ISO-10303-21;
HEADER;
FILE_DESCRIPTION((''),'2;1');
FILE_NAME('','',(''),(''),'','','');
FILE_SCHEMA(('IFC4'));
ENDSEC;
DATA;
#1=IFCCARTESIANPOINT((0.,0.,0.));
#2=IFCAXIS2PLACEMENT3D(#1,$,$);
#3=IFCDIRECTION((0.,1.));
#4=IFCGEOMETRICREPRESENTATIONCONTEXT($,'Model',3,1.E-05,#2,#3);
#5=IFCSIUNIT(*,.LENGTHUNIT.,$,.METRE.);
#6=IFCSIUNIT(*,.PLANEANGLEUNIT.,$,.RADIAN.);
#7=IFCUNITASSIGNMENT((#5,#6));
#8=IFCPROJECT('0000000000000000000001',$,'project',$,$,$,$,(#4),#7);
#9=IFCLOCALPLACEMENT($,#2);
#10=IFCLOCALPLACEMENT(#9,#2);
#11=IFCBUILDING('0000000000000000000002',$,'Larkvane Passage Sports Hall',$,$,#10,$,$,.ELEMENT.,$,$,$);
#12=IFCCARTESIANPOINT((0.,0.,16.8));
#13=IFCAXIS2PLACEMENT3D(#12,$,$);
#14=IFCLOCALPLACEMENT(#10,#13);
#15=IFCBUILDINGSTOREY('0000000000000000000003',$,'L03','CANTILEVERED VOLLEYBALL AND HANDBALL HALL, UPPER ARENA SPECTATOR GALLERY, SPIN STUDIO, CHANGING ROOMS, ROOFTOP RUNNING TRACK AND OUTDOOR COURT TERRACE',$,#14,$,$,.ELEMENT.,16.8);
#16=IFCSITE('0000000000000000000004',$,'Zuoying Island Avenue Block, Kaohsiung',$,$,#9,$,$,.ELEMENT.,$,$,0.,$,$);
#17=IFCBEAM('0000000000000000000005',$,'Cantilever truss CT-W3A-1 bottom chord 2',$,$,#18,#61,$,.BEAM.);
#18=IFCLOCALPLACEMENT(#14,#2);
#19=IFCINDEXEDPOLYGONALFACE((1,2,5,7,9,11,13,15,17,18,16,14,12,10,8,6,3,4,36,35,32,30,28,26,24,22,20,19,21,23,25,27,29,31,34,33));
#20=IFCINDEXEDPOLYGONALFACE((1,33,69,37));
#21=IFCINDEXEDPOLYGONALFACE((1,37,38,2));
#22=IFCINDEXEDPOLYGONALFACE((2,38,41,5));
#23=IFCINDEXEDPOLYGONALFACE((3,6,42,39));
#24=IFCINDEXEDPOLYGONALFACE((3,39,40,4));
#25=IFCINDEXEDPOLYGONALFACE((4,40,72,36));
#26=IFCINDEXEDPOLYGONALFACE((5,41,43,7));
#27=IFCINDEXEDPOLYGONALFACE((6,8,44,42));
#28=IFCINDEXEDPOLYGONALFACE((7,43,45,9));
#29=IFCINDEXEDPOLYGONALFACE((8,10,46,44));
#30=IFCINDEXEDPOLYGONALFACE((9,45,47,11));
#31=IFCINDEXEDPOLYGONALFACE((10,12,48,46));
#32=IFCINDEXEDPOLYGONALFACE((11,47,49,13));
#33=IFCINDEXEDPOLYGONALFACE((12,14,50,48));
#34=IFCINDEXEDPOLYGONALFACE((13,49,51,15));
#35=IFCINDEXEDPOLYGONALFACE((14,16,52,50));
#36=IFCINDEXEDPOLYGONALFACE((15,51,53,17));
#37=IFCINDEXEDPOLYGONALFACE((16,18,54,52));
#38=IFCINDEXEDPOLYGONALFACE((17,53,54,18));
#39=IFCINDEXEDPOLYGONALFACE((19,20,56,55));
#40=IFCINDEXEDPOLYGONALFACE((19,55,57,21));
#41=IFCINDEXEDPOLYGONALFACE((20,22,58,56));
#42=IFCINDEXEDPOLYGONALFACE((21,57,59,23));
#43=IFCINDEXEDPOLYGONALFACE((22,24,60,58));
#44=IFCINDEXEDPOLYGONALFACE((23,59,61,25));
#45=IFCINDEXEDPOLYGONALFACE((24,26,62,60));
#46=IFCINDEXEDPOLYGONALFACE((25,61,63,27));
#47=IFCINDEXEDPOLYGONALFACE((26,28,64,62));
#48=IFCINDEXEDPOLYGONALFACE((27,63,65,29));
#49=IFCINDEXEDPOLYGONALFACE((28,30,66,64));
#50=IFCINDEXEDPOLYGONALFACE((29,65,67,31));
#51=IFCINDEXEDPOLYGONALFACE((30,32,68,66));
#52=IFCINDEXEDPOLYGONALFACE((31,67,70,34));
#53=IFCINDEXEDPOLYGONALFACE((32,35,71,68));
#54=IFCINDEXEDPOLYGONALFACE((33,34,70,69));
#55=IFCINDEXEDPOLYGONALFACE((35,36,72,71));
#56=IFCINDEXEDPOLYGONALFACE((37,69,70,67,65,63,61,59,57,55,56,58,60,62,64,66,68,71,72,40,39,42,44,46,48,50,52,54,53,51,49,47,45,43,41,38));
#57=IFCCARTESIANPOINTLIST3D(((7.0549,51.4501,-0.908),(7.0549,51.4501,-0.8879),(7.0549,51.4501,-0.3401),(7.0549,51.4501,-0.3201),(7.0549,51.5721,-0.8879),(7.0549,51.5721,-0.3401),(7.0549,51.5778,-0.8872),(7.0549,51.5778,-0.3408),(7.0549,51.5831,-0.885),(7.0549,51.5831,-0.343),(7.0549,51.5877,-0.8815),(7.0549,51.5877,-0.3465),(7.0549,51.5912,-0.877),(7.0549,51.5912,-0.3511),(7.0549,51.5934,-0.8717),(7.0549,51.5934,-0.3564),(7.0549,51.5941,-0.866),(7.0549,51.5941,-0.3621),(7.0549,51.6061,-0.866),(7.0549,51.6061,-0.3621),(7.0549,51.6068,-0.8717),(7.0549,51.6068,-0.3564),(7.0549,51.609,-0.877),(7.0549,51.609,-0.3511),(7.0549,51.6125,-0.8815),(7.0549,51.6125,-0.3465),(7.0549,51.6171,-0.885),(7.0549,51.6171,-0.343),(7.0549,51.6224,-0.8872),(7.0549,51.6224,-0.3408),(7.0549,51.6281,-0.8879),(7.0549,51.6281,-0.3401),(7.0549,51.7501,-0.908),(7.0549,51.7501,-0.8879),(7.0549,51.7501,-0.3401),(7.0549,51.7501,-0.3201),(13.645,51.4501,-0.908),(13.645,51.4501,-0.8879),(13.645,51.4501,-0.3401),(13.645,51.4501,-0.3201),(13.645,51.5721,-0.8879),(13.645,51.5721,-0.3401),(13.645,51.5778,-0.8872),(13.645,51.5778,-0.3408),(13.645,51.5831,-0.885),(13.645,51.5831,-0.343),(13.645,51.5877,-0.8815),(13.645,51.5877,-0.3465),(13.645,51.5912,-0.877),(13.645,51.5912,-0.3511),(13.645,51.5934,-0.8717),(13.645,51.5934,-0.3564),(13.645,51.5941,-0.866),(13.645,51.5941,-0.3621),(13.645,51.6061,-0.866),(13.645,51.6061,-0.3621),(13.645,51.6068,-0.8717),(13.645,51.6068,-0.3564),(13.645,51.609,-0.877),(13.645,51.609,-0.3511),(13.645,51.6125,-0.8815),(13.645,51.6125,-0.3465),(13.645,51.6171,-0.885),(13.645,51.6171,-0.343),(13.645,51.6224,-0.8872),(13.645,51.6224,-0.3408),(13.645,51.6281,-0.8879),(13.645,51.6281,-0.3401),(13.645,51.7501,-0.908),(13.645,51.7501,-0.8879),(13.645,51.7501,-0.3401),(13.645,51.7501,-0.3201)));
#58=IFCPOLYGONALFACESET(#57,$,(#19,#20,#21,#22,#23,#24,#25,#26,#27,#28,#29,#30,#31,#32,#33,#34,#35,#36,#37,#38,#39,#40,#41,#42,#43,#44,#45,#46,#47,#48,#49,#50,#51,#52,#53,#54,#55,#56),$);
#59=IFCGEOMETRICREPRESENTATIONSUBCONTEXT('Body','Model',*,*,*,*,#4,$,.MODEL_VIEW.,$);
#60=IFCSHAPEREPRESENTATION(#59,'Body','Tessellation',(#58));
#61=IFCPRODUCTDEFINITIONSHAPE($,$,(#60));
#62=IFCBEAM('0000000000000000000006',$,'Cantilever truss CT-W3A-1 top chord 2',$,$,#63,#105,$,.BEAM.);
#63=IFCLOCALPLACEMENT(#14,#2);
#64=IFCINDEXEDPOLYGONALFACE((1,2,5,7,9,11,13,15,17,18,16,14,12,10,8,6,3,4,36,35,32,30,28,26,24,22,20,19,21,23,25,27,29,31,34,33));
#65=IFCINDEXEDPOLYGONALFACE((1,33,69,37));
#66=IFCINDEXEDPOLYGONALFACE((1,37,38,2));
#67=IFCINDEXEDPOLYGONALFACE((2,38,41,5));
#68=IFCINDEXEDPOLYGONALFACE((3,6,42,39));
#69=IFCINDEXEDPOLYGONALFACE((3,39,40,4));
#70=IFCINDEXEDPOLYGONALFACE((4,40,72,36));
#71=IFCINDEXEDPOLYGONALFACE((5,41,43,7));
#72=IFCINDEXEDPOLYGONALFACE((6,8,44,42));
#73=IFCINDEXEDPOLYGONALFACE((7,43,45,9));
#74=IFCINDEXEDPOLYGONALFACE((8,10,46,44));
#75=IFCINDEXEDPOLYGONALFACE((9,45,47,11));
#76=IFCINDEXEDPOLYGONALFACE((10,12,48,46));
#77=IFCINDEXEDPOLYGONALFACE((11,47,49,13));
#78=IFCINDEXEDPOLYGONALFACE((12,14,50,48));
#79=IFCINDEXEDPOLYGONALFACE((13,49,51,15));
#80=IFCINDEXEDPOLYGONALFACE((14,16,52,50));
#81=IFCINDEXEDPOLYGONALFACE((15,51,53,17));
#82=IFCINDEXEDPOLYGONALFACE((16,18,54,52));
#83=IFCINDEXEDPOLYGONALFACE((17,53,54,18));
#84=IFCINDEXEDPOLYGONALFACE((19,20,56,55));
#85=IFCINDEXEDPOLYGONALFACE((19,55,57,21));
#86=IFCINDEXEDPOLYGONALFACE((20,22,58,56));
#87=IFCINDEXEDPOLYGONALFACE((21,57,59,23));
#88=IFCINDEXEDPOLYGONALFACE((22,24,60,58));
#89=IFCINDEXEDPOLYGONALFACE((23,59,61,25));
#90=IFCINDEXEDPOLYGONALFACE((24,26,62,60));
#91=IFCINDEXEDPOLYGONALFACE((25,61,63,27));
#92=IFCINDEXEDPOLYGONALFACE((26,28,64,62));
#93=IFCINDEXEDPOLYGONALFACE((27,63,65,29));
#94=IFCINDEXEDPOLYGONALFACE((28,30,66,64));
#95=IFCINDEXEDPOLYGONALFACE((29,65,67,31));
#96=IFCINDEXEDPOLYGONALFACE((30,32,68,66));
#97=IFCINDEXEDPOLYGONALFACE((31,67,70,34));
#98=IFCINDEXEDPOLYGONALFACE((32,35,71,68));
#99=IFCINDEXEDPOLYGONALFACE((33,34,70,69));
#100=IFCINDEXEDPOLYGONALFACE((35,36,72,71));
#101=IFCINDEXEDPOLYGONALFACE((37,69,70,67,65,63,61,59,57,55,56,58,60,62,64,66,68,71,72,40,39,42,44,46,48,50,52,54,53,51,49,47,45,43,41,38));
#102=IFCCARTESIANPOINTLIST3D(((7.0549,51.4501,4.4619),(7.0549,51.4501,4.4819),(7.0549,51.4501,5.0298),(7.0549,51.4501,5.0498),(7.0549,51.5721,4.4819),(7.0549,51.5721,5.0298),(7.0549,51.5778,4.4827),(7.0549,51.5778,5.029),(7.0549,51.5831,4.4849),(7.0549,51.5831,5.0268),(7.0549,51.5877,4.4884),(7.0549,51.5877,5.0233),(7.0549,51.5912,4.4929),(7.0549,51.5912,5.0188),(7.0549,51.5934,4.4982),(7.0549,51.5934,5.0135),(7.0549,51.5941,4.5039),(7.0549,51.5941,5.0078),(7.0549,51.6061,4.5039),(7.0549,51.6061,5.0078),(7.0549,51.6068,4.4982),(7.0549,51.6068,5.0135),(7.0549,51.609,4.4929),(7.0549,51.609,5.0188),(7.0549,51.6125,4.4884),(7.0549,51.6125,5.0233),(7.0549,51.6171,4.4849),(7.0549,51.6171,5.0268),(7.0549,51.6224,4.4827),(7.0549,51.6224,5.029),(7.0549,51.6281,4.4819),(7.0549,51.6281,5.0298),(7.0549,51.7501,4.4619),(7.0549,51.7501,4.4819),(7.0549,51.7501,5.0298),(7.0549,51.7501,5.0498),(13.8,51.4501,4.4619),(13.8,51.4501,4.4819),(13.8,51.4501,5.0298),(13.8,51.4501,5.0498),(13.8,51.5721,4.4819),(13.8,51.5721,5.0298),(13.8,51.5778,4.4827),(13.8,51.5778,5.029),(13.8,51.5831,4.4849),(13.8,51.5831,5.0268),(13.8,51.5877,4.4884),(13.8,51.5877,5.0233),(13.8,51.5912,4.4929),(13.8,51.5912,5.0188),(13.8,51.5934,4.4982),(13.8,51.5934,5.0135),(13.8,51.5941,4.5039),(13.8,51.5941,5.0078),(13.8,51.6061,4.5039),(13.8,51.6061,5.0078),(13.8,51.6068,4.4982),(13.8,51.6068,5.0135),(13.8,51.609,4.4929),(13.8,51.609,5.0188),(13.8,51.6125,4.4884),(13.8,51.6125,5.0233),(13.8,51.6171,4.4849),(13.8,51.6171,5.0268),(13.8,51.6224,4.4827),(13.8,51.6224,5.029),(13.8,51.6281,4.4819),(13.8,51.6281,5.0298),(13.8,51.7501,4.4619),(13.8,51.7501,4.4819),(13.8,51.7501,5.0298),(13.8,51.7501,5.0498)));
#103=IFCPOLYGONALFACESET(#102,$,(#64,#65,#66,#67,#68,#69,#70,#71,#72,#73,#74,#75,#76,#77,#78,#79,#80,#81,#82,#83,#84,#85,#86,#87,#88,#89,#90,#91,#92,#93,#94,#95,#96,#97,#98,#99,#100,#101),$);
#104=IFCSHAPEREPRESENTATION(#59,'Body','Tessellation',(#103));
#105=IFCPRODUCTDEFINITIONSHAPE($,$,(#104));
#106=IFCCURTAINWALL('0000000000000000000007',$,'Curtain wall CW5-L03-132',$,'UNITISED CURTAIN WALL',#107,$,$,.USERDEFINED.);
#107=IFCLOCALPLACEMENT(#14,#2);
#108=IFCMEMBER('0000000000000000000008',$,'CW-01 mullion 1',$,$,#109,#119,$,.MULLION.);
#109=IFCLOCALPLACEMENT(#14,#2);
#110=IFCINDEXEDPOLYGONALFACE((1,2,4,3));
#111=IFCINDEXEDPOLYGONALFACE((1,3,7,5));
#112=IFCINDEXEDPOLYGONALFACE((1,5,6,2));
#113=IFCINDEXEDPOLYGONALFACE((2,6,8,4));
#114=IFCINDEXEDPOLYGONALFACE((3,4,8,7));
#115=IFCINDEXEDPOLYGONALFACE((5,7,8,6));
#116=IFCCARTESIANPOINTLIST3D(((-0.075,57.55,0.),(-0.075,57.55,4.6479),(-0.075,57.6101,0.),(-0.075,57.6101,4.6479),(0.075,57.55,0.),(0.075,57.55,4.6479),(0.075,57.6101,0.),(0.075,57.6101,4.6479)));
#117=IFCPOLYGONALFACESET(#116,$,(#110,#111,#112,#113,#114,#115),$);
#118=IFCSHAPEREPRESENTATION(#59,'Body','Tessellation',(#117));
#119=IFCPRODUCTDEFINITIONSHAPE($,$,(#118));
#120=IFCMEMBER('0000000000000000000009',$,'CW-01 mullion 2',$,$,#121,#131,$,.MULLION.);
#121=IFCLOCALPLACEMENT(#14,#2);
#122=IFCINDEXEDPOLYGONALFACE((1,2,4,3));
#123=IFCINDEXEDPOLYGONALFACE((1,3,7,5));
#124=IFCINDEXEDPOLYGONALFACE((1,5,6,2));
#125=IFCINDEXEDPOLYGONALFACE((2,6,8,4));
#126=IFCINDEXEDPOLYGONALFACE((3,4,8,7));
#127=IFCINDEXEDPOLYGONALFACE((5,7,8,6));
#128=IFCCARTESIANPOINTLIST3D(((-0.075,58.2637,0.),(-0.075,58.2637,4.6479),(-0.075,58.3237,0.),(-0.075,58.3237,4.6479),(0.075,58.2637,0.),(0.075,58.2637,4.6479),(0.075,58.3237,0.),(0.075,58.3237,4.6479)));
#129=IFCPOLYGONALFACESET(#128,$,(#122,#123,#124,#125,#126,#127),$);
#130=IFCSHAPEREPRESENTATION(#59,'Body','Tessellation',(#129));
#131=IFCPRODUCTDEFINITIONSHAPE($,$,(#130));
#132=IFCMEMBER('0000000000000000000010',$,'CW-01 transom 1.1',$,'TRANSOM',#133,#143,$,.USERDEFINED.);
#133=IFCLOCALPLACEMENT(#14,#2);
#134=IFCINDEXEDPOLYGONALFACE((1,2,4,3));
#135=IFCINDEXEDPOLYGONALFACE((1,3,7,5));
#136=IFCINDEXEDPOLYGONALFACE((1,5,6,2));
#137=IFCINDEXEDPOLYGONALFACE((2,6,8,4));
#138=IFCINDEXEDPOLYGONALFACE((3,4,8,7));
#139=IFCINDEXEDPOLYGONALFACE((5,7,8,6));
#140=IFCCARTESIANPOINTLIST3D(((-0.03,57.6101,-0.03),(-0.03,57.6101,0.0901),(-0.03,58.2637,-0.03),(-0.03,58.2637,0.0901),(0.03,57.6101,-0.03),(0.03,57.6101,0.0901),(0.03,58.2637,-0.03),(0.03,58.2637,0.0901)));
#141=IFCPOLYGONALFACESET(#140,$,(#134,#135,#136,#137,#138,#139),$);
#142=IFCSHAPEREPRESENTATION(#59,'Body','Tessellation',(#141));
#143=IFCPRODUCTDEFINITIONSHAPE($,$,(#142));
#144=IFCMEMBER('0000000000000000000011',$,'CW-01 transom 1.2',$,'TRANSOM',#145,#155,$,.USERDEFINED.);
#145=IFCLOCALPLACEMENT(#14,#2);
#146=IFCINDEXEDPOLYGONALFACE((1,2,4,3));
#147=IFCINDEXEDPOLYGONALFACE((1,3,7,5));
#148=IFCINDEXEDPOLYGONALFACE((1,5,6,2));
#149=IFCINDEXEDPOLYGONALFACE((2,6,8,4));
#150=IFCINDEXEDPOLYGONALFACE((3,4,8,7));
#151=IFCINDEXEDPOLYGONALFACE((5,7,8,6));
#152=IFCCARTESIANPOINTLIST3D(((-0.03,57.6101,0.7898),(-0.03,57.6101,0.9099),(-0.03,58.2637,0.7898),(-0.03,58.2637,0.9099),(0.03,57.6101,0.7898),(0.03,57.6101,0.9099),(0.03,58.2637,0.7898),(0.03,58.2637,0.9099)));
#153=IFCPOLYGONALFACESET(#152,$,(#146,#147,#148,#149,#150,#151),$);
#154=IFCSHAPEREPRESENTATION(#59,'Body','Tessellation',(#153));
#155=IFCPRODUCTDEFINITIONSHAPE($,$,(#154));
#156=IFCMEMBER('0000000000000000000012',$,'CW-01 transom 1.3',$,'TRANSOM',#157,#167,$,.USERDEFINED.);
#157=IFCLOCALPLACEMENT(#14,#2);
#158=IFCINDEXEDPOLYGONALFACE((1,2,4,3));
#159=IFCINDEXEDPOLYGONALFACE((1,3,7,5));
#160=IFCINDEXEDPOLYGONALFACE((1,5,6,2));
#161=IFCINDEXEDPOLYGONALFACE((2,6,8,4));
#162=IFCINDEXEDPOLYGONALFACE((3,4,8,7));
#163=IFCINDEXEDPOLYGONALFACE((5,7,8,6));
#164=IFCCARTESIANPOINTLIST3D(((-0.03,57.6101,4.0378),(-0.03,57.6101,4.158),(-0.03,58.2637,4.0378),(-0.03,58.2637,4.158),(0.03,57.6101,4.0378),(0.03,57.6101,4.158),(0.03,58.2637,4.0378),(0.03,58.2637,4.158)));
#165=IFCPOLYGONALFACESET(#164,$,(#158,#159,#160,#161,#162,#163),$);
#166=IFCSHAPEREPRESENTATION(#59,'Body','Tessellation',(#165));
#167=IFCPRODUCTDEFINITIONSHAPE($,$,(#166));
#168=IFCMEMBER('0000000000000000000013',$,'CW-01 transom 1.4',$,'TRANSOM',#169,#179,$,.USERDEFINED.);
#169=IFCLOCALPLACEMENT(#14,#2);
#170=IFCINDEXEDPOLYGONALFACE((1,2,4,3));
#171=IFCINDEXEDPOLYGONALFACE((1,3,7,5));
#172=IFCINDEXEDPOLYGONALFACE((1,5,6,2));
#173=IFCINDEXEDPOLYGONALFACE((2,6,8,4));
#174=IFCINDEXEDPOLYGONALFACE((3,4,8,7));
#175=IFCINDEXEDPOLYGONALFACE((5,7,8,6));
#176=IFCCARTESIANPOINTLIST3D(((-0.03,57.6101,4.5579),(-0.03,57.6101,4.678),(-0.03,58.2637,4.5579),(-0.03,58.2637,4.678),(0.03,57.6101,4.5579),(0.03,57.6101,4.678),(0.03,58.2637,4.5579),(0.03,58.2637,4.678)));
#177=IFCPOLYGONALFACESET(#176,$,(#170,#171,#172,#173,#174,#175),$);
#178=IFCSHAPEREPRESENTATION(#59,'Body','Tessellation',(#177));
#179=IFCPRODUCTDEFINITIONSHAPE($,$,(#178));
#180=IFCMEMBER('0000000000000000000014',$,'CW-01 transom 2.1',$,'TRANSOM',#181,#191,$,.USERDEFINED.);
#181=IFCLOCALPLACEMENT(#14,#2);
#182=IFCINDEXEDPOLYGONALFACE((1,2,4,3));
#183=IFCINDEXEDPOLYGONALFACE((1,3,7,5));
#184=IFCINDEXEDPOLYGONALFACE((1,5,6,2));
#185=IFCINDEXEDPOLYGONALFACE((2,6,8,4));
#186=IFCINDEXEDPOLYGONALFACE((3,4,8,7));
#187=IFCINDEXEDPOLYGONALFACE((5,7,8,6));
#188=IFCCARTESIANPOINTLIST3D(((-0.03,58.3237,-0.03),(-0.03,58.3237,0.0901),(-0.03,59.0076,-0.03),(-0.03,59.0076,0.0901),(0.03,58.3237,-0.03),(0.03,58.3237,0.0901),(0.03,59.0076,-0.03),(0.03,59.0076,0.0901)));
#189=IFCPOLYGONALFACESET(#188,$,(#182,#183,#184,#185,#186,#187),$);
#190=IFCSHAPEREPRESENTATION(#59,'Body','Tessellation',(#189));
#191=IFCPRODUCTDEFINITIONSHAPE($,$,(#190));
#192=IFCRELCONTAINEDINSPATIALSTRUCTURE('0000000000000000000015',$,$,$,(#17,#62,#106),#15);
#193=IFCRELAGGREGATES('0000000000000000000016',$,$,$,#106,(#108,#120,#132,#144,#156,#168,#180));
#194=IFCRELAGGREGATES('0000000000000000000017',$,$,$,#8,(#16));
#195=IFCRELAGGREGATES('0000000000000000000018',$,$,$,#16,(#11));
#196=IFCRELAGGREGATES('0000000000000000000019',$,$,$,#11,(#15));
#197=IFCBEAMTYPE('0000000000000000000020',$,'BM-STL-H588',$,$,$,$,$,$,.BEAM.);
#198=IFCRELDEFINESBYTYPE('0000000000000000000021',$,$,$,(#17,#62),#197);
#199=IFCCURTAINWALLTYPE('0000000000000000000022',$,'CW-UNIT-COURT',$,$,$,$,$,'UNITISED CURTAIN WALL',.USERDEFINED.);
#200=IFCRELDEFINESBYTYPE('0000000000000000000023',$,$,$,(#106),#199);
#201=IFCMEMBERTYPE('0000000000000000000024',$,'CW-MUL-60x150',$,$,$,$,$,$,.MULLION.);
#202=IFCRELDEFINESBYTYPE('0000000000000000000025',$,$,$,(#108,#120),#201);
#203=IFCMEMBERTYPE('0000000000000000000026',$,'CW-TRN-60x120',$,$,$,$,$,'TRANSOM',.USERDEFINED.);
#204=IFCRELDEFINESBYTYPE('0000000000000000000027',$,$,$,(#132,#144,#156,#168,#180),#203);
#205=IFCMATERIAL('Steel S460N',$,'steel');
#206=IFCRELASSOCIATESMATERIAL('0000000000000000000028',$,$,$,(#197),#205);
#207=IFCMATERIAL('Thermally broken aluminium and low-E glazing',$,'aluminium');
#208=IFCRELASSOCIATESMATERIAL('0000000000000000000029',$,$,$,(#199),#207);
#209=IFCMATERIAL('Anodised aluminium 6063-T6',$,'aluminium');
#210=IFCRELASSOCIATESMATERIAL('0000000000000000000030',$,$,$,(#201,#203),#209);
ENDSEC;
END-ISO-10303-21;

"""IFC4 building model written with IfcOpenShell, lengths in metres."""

from ifc_helpers import new_model, si_unit, direction, frame, origin, origin_2d, place, context, subcontext, project, spatial, rectangle, i_section, extrude, material, material_profile, profile_set, type_object, element, aggregate, save


model = new_model("IFC4")

# Units and contexts
model_context = context("Model", 3, precision=1e-05, world=origin(), true_north=direction((0.0, 1.0)))
body_context = subcontext(model_context, "Body", "Model", "MODEL_VIEW")
ifc_project = project(units=[si_unit("LENGTHUNIT", "METRE"), si_unit("PLANEANGLEUNIT", "RADIAN")], contexts=[model_context])

# Site, building, storey
site_placement = place(None, origin())
site = spatial("IfcSite", under=ifc_project, at=site_placement, Name="Zuoying Island Avenue Block, Kaohsiung", CompositionType="ELEMENT", RefElevation=0.0)
building_placement = place(site_placement, origin())
building = spatial("IfcBuilding", under=site, at=building_placement, Name="Larkvane Passage Sports Hall", CompositionType="ELEMENT")
storey_placement = place(building_placement, frame((0.0, 0.0, 16.8)))
storey = spatial("IfcBuildingStorey", under=building, at=storey_placement, Name="L03", Description="CANTILEVERED VOLLEYBALL AND HANDBALL HALL, UPPER ARENA SPECTATOR GALLERY, SPIN STUDIO, CHANGING ROOMS, ROOFTOP RUNNING TRACK AND OUTDOOR COURT TERRACE", CompositionType="ELEMENT", Elevation=16.8)

# Beams
ifc_material_1 = material(Name="Steel S460N", Category="steel")
ifc_material_profile_1 = material_profile(ifc_material_1, i_section(OverallWidth=0.3, OverallDepth=0.5879, WebThickness=0.012, FlangeThickness=0.02, FilletRadius=0.022, at=origin_2d()), Name="H-588x300x12x20")
ifc_profile_set_1 = profile_set([ifc_material_profile_1], Name="Steel S460N")
beam_type_1 = type_object("IfcBeamType", Name="BM-STL-H588", PredefinedType="BEAM", material=ifc_profile_set_1)
beam_1_placement = place(storey_placement, frame((7.0549, 51.6001, -0.614), z_axis=(1.0, 0.0, 0.0), x_axis=(0.0, 1.0, 0.0)))
element("IfcBeam", 1, at=beam_1_placement, inside=storey, type_object=beam_type_1, Name="Cantilever truss CT-W3A-1 bottom chord 2", PredefinedType="BEAM", context=body_context, shape_type="SweptSolid", body=[
    extrude(i_section(OverallWidth=0.3, OverallDepth=0.5879, WebThickness=0.012, FlangeThickness=0.02, FilletRadius=0.022, at=origin_2d()), origin(), (0.0, 0.0, 1.0), 6.5901),
])
beam_2_placement = place(storey_placement, frame((7.0549, 51.6001, 4.7559), z_axis=(1.0, 0.0, 0.0), x_axis=(0.0, 1.0, 0.0)))
element("IfcBeam", 2, at=beam_2_placement, inside=storey, type_object=beam_type_1, Name="Cantilever truss CT-W3A-1 top chord 2", PredefinedType="BEAM", context=body_context, shape_type="SweptSolid", body=[
    extrude(i_section(OverallWidth=0.3, OverallDepth=0.5879, WebThickness=0.012, FlangeThickness=0.02, FilletRadius=0.022, at=origin_2d()), origin(), (0.0, 0.0, 1.0), 6.7451),
])

# Curtain wall, members
ifc_material_2 = material(Name="Thermally broken aluminium and low-E glazing", Category="aluminium")
curtain_wall_type = type_object("IfcCurtainWallType", Name="CW-UNIT-COURT", ElementType="UNITISED CURTAIN WALL", PredefinedType="USERDEFINED", material=ifc_material_2)
curtain_wall_placement = place(storey_placement, origin())
curtain_wall = element("IfcCurtainWall", 3, at=curtain_wall_placement, inside=storey, type_object=curtain_wall_type, Name="Curtain wall CW5-L03-132", ObjectType="UNITISED CURTAIN WALL", PredefinedType="USERDEFINED")
ifc_material_3 = material(Name="Anodised aluminium 6063-T6", Category="aluminium")
ifc_material_profile_2 = material_profile(ifc_material_3, rectangle(XDim=0.0601, YDim=0.1499, at=origin_2d()), Name="ALU-MUL-60x150")
ifc_profile_set_2 = profile_set([ifc_material_profile_2], Name="Anodised aluminium 6063-T6")
member_type_1 = type_object("IfcMemberType", Name="CW-MUL-60x150", PredefinedType="MULLION", material=ifc_profile_set_2)
member_1_placement = place(storey_placement, frame((0.0, 57.5801, 0.0), z_axis=(0.0, 0.0, 1.0), x_axis=(0.0, 1.0, 0.0)))
member_1 = element("IfcMember", 4, at=member_1_placement, type_object=member_type_1, Name="CW-01 mullion 1", PredefinedType="MULLION", context=body_context, shape_type="SweptSolid", body=[
    extrude(rectangle(XDim=0.0601, YDim=0.1499, at=origin_2d()), origin(), (0.0, 0.0, 1.0), 4.6479),
])
member_2_placement = place(storey_placement, frame((0.0, 58.2937, 0.0), z_axis=(0.0, 0.0, 1.0), x_axis=(0.0, 1.0, 0.0)))
member_2 = element("IfcMember", 5, at=member_2_placement, type_object=member_type_1, Name="CW-01 mullion 2", PredefinedType="MULLION", context=body_context, shape_type="SweptSolid", body=[
    extrude(rectangle(XDim=0.0601, YDim=0.1499, at=origin_2d()), origin(), (0.0, 0.0, 1.0), 4.6479),
])
ifc_material_profile_3 = material_profile(ifc_material_3, rectangle(XDim=0.0601, YDim=0.1201, at=origin_2d()), Name="ALU-TRN-60x120")
ifc_profile_set_3 = profile_set([ifc_material_profile_3], Name="Anodised aluminium 6063-T6")
member_type_2 = type_object("IfcMemberType", Name="CW-TRN-60x120", ElementType="TRANSOM", PredefinedType="USERDEFINED", material=ifc_profile_set_3)
member_3_placement = place(storey_placement, frame((0.0, 57.6101, 0.03), z_axis=(0.0, 1.0, 0.0), x_axis=(-1.0, 0.0, 0.0)))
member_3 = element("IfcMember", 6, at=member_3_placement, type_object=member_type_2, Name="CW-01 transom 1.1", ObjectType="TRANSOM", PredefinedType="USERDEFINED", context=body_context, shape_type="SweptSolid", body=[
    extrude(rectangle(XDim=0.0601, YDim=0.1201, at=origin_2d()), origin(), (0.0, 0.0, 1.0), 0.6536),
])
member_4_placement = place(storey_placement, frame((0.0, 57.6101, 0.8499), z_axis=(0.0, 1.0, 0.0), x_axis=(-1.0, 0.0, 0.0)))
member_4 = element("IfcMember", 7, at=member_4_placement, type_object=member_type_2, Name="CW-01 transom 1.2", ObjectType="TRANSOM", PredefinedType="USERDEFINED", context=body_context, shape_type="SweptSolid", body=[
    extrude(rectangle(XDim=0.0601, YDim=0.1201, at=origin_2d()), origin(), (0.0, 0.0, 1.0), 0.6536),
])
member_5_placement = place(storey_placement, frame((0.0, 57.6101, 4.0979), z_axis=(0.0, 1.0, 0.0), x_axis=(-1.0, 0.0, 0.0)))
member_5 = element("IfcMember", 8, at=member_5_placement, type_object=member_type_2, Name="CW-01 transom 1.3", ObjectType="TRANSOM", PredefinedType="USERDEFINED", context=body_context, shape_type="SweptSolid", body=[
    extrude(rectangle(XDim=0.0601, YDim=0.1201, at=origin_2d()), origin(), (0.0, 0.0, 1.0), 0.6536),
])
member_6_placement = place(storey_placement, frame((0.0, 57.6101, 4.6179), z_axis=(0.0, 1.0, 0.0), x_axis=(-1.0, 0.0, 0.0)))
member_6 = element("IfcMember", 9, at=member_6_placement, type_object=member_type_2, Name="CW-01 transom 1.4", ObjectType="TRANSOM", PredefinedType="USERDEFINED", context=body_context, shape_type="SweptSolid", body=[
    extrude(rectangle(XDim=0.0601, YDim=0.1201, at=origin_2d()), origin(), (0.0, 0.0, 1.0), 0.6536),
])
member_7_placement = place(storey_placement, frame((0.0, 58.3237, 0.03), z_axis=(0.0, 1.0, 0.0), x_axis=(-1.0, 0.0, 0.0)))
member_7 = element("IfcMember", 10, at=member_7_placement, type_object=member_type_2, Name="CW-01 transom 2.1", ObjectType="TRANSOM", PredefinedType="USERDEFINED", context=body_context, shape_type="SweptSolid", body=[
    extrude(rectangle(XDim=0.0601, YDim=0.1201, at=origin_2d()), origin(), (0.0, 0.0, 1.0), 0.6838),
])

aggregate(curtain_wall, [member_1, member_2, member_3, member_4, member_5, member_6, member_7])

save(model, "model.ifc")
